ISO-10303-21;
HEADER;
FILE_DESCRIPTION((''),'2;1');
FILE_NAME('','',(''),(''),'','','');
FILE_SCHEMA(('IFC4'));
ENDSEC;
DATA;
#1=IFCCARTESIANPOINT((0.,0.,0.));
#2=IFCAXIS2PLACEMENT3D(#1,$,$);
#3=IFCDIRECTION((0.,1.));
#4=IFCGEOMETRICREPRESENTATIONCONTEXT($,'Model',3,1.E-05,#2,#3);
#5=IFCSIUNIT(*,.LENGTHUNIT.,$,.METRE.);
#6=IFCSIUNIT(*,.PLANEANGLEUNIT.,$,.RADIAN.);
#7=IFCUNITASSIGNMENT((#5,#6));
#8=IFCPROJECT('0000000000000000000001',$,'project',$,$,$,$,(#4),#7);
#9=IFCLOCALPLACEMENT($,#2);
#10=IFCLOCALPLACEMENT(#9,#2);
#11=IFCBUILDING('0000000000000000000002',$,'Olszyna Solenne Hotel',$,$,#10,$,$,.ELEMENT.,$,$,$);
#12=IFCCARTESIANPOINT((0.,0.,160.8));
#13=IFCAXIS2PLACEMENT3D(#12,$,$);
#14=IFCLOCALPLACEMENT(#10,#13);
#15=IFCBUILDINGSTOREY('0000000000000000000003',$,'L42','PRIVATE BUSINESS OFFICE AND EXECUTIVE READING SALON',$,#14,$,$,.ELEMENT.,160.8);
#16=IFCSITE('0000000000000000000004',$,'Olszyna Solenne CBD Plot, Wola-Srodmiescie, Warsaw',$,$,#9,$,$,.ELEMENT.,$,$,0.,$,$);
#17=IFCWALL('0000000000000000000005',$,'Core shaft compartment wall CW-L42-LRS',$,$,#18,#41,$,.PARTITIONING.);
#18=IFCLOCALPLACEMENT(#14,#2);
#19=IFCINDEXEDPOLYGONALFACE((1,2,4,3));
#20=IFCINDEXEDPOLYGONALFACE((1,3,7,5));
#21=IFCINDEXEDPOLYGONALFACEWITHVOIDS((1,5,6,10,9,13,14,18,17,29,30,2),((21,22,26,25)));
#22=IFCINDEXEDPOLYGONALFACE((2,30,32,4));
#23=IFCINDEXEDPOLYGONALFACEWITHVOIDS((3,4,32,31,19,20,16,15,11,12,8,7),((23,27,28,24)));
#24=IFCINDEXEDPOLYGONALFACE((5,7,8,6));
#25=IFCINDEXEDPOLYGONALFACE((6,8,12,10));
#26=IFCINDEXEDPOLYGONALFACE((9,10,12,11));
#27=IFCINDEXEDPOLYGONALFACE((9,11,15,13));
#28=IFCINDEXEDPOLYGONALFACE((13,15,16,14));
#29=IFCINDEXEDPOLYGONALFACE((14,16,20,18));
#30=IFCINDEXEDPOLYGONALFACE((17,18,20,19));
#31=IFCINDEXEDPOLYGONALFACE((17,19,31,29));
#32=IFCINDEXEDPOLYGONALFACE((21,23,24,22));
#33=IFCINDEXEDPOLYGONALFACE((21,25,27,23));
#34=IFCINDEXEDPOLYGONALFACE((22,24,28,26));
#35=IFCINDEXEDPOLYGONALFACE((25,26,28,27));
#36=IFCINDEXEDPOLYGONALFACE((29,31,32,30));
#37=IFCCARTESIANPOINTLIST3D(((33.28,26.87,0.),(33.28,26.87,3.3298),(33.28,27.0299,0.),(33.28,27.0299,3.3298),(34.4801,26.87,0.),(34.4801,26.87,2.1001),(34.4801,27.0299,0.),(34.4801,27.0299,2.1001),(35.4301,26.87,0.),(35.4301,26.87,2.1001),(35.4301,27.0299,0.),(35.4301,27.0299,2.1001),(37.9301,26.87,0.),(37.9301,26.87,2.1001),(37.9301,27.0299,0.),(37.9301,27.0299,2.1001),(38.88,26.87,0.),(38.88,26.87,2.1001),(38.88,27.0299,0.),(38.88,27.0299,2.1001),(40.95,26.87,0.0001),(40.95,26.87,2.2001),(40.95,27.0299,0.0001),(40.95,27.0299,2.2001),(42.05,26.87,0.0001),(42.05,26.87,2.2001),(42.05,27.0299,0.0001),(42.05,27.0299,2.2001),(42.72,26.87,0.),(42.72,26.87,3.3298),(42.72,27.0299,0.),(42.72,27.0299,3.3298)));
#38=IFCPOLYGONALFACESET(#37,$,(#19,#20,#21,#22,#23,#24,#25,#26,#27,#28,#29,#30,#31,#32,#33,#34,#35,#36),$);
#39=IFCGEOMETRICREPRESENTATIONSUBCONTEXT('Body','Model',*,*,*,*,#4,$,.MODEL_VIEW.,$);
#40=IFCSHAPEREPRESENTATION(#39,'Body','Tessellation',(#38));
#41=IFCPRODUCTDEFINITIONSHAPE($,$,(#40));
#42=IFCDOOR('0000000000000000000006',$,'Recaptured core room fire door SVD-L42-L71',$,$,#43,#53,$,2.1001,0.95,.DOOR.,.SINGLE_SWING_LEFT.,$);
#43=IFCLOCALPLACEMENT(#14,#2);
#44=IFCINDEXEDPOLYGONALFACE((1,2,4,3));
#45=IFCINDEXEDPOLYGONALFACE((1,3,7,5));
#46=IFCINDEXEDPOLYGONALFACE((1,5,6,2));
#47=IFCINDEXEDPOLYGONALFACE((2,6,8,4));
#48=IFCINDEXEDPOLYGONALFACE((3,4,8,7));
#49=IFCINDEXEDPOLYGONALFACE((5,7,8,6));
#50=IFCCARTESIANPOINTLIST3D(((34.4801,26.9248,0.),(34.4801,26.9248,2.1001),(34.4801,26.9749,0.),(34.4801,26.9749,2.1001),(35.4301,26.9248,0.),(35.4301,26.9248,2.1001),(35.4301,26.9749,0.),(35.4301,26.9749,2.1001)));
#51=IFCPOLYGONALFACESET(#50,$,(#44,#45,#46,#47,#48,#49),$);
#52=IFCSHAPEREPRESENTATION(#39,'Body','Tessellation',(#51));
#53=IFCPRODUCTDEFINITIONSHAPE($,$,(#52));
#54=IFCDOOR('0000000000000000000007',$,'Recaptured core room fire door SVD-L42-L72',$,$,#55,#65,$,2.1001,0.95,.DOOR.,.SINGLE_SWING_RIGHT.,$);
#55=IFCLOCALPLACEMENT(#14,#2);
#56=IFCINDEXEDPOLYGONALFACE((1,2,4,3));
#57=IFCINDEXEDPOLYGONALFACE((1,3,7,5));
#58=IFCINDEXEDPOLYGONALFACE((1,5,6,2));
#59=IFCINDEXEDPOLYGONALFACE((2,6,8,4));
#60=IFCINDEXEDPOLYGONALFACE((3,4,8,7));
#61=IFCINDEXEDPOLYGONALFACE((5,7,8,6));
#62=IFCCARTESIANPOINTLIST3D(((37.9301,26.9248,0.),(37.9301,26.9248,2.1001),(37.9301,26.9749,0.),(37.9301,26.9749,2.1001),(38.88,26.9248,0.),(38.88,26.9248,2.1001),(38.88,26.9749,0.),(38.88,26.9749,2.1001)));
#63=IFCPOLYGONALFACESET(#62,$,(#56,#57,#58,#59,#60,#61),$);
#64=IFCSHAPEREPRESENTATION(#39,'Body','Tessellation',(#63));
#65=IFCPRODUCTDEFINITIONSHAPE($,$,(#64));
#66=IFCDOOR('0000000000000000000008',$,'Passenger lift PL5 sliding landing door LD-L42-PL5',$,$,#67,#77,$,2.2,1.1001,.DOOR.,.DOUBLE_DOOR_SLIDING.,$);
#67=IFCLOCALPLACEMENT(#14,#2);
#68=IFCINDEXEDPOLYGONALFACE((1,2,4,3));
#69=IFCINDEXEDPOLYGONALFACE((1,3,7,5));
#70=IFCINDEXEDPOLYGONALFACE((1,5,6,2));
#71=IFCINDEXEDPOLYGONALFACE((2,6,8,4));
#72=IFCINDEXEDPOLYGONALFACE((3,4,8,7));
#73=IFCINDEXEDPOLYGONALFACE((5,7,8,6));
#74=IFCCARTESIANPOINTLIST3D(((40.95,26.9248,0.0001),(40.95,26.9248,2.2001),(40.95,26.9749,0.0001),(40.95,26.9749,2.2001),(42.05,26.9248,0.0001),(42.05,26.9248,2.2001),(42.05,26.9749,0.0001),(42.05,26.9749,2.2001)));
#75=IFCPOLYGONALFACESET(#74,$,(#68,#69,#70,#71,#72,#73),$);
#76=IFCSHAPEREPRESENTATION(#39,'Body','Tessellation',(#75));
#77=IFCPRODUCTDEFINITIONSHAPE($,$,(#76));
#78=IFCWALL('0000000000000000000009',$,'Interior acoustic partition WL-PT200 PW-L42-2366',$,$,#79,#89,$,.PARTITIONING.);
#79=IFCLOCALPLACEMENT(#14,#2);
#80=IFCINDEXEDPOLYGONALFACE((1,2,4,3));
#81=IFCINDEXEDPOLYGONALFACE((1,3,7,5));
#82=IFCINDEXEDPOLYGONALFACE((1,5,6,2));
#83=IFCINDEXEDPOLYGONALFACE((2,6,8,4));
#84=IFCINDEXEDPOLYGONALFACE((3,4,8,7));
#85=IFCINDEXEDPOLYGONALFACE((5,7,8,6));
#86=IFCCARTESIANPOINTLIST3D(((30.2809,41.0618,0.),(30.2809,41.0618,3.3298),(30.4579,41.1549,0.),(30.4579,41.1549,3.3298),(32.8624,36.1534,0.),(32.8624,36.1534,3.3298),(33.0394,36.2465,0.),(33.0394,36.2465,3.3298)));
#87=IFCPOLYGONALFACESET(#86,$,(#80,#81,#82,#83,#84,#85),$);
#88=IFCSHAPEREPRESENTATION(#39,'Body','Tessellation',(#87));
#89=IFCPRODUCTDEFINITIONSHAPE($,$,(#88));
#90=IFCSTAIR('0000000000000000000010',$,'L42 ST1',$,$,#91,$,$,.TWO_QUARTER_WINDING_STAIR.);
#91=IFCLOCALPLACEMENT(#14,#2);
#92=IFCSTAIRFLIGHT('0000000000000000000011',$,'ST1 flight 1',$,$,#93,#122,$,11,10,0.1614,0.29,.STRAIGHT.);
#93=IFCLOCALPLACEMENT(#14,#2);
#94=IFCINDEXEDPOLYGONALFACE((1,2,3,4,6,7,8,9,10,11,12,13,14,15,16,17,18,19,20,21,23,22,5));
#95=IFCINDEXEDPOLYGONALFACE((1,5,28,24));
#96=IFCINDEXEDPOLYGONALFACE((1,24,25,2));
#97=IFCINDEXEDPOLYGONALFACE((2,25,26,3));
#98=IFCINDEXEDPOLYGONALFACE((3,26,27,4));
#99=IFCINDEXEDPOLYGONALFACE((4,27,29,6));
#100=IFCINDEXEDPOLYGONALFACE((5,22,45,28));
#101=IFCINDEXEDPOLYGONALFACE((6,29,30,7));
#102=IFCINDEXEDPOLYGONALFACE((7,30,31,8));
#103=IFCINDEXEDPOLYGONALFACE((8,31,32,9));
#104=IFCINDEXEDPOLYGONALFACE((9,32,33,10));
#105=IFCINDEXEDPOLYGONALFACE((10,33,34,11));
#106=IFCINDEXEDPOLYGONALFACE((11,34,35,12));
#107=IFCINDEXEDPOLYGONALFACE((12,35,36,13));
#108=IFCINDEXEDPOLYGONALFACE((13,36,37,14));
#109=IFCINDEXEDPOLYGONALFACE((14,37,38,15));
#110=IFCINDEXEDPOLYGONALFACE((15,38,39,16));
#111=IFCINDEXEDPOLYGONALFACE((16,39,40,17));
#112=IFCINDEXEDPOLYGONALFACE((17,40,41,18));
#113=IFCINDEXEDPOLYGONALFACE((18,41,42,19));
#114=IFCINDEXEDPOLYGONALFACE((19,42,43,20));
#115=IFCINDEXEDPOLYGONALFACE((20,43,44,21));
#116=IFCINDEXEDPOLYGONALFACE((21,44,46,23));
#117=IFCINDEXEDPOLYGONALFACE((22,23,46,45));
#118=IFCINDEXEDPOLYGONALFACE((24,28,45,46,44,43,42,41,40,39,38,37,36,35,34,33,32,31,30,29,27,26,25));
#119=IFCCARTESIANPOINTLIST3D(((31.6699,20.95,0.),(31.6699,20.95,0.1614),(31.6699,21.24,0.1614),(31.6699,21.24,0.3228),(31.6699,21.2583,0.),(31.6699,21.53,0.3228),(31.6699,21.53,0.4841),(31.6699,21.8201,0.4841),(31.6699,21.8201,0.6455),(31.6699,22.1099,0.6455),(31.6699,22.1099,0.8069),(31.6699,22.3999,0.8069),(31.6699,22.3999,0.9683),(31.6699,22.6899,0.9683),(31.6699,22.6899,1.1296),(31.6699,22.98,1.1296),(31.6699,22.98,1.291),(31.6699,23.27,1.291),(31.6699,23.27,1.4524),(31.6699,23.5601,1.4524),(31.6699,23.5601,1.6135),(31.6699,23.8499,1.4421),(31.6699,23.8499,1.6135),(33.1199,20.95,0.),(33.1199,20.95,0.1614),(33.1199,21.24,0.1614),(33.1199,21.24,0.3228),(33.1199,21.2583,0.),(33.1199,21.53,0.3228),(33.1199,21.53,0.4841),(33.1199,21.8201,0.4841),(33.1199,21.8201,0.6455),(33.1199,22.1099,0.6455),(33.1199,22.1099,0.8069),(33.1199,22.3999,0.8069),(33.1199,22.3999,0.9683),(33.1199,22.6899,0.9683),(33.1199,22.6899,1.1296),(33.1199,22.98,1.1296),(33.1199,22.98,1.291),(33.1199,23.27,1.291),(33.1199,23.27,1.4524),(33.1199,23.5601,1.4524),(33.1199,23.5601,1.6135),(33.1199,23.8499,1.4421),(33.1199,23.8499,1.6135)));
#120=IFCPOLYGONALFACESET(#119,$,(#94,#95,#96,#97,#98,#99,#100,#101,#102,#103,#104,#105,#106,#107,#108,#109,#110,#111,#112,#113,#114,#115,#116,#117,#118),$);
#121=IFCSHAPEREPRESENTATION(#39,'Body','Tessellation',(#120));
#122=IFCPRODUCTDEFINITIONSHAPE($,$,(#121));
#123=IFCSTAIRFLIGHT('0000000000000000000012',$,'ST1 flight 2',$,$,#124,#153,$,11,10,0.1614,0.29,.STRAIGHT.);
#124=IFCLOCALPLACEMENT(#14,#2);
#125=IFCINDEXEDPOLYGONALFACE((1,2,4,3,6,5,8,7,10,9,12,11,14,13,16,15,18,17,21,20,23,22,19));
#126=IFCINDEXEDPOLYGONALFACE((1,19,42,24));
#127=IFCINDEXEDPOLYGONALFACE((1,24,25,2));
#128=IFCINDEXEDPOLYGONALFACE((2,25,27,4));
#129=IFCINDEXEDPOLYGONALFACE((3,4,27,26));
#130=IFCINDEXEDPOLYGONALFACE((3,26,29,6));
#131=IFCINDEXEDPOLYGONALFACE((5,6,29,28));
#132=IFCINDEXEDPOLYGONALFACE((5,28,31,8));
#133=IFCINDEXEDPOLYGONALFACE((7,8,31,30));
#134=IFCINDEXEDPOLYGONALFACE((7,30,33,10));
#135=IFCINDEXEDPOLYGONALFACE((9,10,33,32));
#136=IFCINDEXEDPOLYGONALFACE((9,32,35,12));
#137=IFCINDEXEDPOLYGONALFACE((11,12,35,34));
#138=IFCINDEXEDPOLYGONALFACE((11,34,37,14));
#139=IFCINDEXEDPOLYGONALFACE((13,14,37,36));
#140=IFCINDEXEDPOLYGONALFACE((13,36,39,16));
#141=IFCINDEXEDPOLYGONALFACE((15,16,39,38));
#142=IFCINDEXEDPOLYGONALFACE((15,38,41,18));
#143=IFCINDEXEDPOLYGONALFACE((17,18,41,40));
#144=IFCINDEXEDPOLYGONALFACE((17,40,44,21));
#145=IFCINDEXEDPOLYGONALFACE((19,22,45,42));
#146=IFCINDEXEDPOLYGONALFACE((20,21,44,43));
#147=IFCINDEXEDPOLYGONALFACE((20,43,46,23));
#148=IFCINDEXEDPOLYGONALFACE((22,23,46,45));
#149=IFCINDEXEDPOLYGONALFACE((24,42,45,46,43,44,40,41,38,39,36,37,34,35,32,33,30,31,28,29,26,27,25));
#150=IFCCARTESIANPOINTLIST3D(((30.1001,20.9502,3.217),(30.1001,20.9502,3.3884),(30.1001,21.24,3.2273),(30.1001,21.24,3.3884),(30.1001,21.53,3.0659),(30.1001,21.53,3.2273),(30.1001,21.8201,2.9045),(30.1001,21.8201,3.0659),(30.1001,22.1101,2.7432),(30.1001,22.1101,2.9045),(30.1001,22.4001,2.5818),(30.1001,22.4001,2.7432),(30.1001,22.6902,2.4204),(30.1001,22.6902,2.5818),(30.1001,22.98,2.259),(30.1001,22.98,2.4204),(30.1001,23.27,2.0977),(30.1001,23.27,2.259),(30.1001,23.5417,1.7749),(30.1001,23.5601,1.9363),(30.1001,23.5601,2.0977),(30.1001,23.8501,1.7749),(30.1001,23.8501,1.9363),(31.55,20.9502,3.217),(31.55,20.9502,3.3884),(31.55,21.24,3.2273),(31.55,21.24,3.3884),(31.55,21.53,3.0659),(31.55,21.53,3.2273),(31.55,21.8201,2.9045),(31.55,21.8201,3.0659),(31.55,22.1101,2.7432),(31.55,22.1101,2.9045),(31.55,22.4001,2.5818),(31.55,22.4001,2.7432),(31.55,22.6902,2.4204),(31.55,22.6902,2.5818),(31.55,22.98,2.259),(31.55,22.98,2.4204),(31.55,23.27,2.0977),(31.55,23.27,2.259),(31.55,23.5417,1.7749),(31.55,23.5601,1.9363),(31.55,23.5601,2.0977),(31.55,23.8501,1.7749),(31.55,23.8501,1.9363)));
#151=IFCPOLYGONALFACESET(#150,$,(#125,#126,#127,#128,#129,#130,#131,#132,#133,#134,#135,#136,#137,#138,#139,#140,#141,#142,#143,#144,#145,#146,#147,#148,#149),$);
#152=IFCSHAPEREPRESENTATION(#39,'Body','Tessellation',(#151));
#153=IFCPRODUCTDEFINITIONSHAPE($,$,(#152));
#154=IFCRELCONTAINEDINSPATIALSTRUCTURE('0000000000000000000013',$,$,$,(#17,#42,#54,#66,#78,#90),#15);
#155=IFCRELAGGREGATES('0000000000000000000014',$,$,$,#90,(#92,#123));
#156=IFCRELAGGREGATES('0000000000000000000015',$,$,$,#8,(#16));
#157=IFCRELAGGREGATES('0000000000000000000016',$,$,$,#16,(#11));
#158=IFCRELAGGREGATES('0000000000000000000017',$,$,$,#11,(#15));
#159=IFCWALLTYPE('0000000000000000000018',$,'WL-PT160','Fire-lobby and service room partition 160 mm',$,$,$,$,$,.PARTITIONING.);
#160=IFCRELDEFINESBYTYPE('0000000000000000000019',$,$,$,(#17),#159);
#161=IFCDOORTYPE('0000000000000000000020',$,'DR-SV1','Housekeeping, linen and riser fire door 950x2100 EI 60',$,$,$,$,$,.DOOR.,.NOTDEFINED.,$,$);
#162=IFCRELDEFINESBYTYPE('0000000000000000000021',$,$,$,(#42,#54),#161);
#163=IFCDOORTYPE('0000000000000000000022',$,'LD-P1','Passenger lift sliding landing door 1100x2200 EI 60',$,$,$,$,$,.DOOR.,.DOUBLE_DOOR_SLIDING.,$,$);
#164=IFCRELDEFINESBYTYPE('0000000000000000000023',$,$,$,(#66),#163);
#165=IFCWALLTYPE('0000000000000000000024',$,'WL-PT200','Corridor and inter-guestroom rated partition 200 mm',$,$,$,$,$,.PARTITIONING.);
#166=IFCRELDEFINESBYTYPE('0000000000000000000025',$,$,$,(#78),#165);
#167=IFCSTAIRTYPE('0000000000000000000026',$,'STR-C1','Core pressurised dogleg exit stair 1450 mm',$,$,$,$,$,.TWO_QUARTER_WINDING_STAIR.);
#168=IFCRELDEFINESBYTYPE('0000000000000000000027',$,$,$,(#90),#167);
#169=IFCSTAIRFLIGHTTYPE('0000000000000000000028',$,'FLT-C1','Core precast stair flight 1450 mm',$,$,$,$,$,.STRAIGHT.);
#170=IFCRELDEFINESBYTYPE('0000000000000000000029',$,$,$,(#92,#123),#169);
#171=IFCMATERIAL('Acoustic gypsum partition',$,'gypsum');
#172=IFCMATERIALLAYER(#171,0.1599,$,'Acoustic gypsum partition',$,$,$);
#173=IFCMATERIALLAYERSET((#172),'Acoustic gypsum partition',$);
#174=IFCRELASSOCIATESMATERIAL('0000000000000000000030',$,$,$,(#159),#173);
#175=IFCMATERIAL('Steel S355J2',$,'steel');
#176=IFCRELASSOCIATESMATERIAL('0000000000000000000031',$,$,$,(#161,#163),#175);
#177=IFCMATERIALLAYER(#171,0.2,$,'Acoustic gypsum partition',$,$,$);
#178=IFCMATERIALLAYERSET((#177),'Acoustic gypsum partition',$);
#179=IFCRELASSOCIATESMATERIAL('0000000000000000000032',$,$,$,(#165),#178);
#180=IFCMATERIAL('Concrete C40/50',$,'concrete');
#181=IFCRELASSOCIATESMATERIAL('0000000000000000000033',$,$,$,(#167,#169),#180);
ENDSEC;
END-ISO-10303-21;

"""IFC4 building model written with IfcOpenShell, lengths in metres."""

from ifc_helpers import new_model, si_unit, direction, frame, frame_2d, origin, place, context, subcontext, project, spatial, polyline, rectangle, outline, extrude, source, transform, mapped, material, layer, layer_set, type_object, type_shapes, element, fill, aggregate, save


model = new_model("IFC4")

# Units and contexts
model_context = context("Model", 3, precision=1e-05, world=origin(), true_north=direction((0.0, 1.0)))
body_context = subcontext(model_context, "Body", "Model", "MODEL_VIEW")
ifc_project = project(units=[si_unit("LENGTHUNIT", "METRE"), si_unit("PLANEANGLEUNIT", "RADIAN")], contexts=[model_context])

# Site, building, storey
site_placement = place(None, origin())
site = spatial("IfcSite", under=ifc_project, at=site_placement, Name="Olszyna Solenne CBD Plot, Wola-Srodmiescie, Warsaw", CompositionType="ELEMENT", RefElevation=0.0)
building_placement = place(site_placement, origin())
building = spatial("IfcBuilding", under=site, at=building_placement, Name="Olszyna Solenne Hotel", CompositionType="ELEMENT")
storey_placement = place(building_placement, frame((0.0, 0.0, 160.8)))
storey = spatial("IfcBuildingStorey", under=building, at=storey_placement, Name="L42", Description="PRIVATE BUSINESS OFFICE AND EXECUTIVE READING SALON", CompositionType="ELEMENT", Elevation=160.8)

# Shared definitions
ifc_material_1 = material(Name="Steel S355J2", Category="steel")

# Shared definitions
ifc_material_2 = material(Name="Acoustic gypsum partition", Category="gypsum")
ifc_layer_1 = layer(ifc_material_2, 0.1599, Name="Acoustic gypsum partition")
ifc_layer_set_1 = layer_set([ifc_layer_1], Name="Acoustic gypsum partition")
wall_type_1 = type_object("IfcWallType", Name="WL-PT160", Description="Fire-lobby and service room partition 160 mm", PredefinedType="PARTITIONING", material=ifc_layer_set_1)

# Wall, openings, doors
wall_1_placement = place(storey_placement, frame((33.28, 26.95, 0.0), z_axis=(0.0, 0.0, 1.0), x_axis=(1.0, 0.0, 0.0)))
wall_1 = element("IfcWall", 1, at=wall_1_placement, inside=storey, type_object=wall_type_1, Name="Core shaft compartment wall CW-L42-LRS", PredefinedType="PARTITIONING", context=body_context, shape_type="SweptSolid", body=[
    extrude(rectangle(XDim=9.4399, YDim=0.1599, at=frame_2d((4.72, 0.0))), origin(), (0.0, 0.0, 1.0), 3.3298),
])
opening_1_placement = place(wall_1_placement, frame((1.2, 0.0, 0.0)))
opening_1 = element("IfcOpeningElement", 2, at=opening_1_placement, cuts=wall_1, PredefinedType="OPENING", context=body_context, shape_type="SweptSolid", body=[
    extrude(rectangle(XDim=0.95, YDim=2.1001, at=frame_2d((0.4751, 1.05))), frame((0.0, 0.0898, 0.0), z_axis=(0.0, -1.0, 0.0), x_axis=(1.0, 0.0, 0.0)), (0.0, 0.0, 1.0), 0.1799),
])
opening_2_placement = place(wall_1_placement, frame((4.6499, 0.0, 0.0)))
opening_2 = element("IfcOpeningElement", 3, at=opening_2_placement, cuts=wall_1, PredefinedType="OPENING", context=body_context, shape_type="SweptSolid", body=[
    extrude(rectangle(XDim=0.95, YDim=2.1001, at=frame_2d((0.4751, 1.05))), frame((0.0, 0.0898, 0.0), z_axis=(0.0, -1.0, 0.0), x_axis=(1.0, 0.0, 0.0)), (0.0, 0.0, 1.0), 0.1799),
])
opening_3_placement = place(wall_1_placement, frame((7.6699, 0.0, 0.0)))
opening_3 = element("IfcOpeningElement", 4, at=opening_3_placement, cuts=wall_1, PredefinedType="OPENING", context=body_context, shape_type="SweptSolid", body=[
    extrude(rectangle(XDim=1.1001, YDim=2.2, at=frame_2d((0.55, 1.1001))), frame((0.0, 0.0898, 0.0), z_axis=(0.0, -1.0, 0.0), x_axis=(1.0, 0.0, 0.0)), (0.0, 0.0, 1.0), 0.1799),
])
door_type_1 = type_object("IfcDoorType", Name="DR-SV1", Description="Housekeeping, linen and riser fire door 950x2100 EI 60", OperationType="NOTDEFINED", PredefinedType="DOOR", material=ifc_material_1)
shared_shape_1 = source(origin(), body_context, "Body", "SweptSolid", [
    extrude(rectangle(XDim=0.95, YDim=2.1001, at=frame_2d((0.4751, 1.05))), frame((0.0, 0.0249, 0.0), z_axis=(0.0, -1.0, 0.0), x_axis=(1.0, 0.0, 0.0)), (0.0, 0.0, 1.0), 0.05),
])
type_shapes(door_type_1, [shared_shape_1])
door_1_placement = place(opening_1_placement, origin())
door_1 = element("IfcDoor", 5, at=door_1_placement, inside=storey, type_object=door_type_1, Name="Recaptured core room fire door SVD-L42-L71", OperationType="SINGLE_SWING_LEFT", OverallHeight=2.1001, OverallWidth=0.95, PredefinedType="DOOR", context=body_context, shape_type="MappedRepresentation", body=[
    mapped(shared_shape_1, transform((0.0, 0.0, 0.0), x_axis=(1.0, 0.0, 0.0), y_axis=(0.0, 1.0, 0.0), z_axis=(0.0, 0.0, 1.0), scale=1.0)),
])
fill(opening_1, door_1)
door_2_placement = place(opening_2_placement, origin())
door_2 = element("IfcDoor", 6, at=door_2_placement, inside=storey, type_object=door_type_1, Name="Recaptured core room fire door SVD-L42-L72", OperationType="SINGLE_SWING_RIGHT", OverallHeight=2.1001, OverallWidth=0.95, PredefinedType="DOOR", context=body_context, shape_type="MappedRepresentation", body=[
    mapped(shared_shape_1, transform((0.0, 0.0, 0.0), x_axis=(1.0, 0.0, 0.0), y_axis=(0.0, 1.0, 0.0), z_axis=(0.0, 0.0, 1.0), scale=1.0)),
])
fill(opening_2, door_2)
door_type_2 = type_object("IfcDoorType", Name="LD-P1", Description="Passenger lift sliding landing door 1100x2200 EI 60", OperationType="DOUBLE_DOOR_SLIDING", PredefinedType="DOOR", material=ifc_material_1)
shared_shape_2 = source(origin(), body_context, "Body", "SweptSolid", [
    extrude(rectangle(XDim=1.1001, YDim=2.2, at=frame_2d((0.55, 1.1001))), frame((0.0, 0.0249, 0.0), z_axis=(0.0, -1.0, 0.0), x_axis=(1.0, 0.0, 0.0)), (0.0, 0.0, 1.0), 0.05),
])
type_shapes(door_type_2, [shared_shape_2])
door_3_placement = place(opening_3_placement, origin())
door_3 = element("IfcDoor", 7, at=door_3_placement, inside=storey, type_object=door_type_2, Name="Passenger lift PL5 sliding landing door LD-L42-PL5", OperationType="DOUBLE_DOOR_SLIDING", OverallHeight=2.2, OverallWidth=1.1001, PredefinedType="DOOR", context=body_context, shape_type="MappedRepresentation", body=[
    mapped(shared_shape_2, transform((0.0, 0.0, 0.0), x_axis=(1.0, 0.0, 0.0), y_axis=(0.0, 1.0, 0.0), z_axis=(0.0, 0.0, 1.0), scale=1.0)),
])
fill(opening_3, door_3)

# Wall
ifc_layer_2 = layer(ifc_material_2, 0.2, Name="Acoustic gypsum partition")
ifc_layer_set_2 = layer_set([ifc_layer_2], Name="Acoustic gypsum partition")
wall_type_2 = type_object("IfcWallType", Name="WL-PT200", Description="Corridor and inter-guestroom rated partition 200 mm", PredefinedType="PARTITIONING", material=ifc_layer_set_2)
wall_2_placement = place(storey_placement, frame((32.9509, 36.2, 0.0), z_axis=(0.0, 0.0, 1.0), x_axis=(-0.465485, 0.885056, 0.0)))
element("IfcWall", 8, at=wall_2_placement, inside=storey, type_object=wall_type_2, Name="Interior acoustic partition WL-PT200 PW-L42-2366", PredefinedType="PARTITIONING", context=body_context, shape_type="SweptSolid", body=[
    extrude(rectangle(XDim=5.5459, YDim=0.2, at=frame_2d((2.7729, 0.0))), origin(), (0.0, 0.0, 1.0), 3.3298),
])

# Stair, stair flights
ifc_material_3 = material(Name="Concrete C40/50", Category="concrete")
stair_type = type_object("IfcStairType", Name="STR-C1", Description="Core pressurised dogleg exit stair 1450 mm", PredefinedType="TWO_QUARTER_WINDING_STAIR", material=ifc_material_3)
stair_1_placement = place(storey_placement, origin())
stair_1 = element("IfcStair", 9, at=stair_1_placement, inside=storey, type_object=stair_type, Name="L42 ST1", PredefinedType="TWO_QUARTER_WINDING_STAIR")
stair_flight_type = type_object("IfcStairFlightType", Name="FLT-C1", Description="Core precast stair flight 1450 mm", PredefinedType="STRAIGHT", material=ifc_material_3)
stair_flight_1_placement = place(storey_placement, frame((32.395, 20.95, 0.0), z_axis=(0.0, 0.0, 1.0), x_axis=(0.0, 1.0, 0.0)))
stair_flight_1 = element("IfcStairFlight", 10, at=stair_flight_1_placement, type_object=stair_flight_type, Name="ST1 flight 1", NumberOfRisers=11, NumberOfTreads=10, PredefinedType="STRAIGHT", RiserHeight=0.1614, TreadLength=0.29, context=body_context, shape_type="SweptSolid", body=[
    extrude(outline(polyline([(0.0, 0.0), (0.0, 0.1614), (0.29, 0.1614), (0.29, 0.3228), (0.5801, 0.3228), (0.5801, 0.4841), (0.8701, 0.4841), (0.8701, 0.6455), (1.1599, 0.6455), (1.1599, 0.8069), (1.45, 0.8069), (1.45, 0.9683), (1.74, 0.9683), (1.74, 1.1296), (2.03, 1.1296), (2.03, 1.291), (2.3201, 1.291), (2.3201, 1.4524), (2.6101, 1.4524), (2.6101, 1.6135), (2.8999, 1.6135), (2.8999, 1.7749), (2.8999, 1.4421), (0.3083, 0.0), (0.0, 0.0)])), frame((0.0, 0.7251, 0.0), z_axis=(0.0, -1.0, 0.0), x_axis=(1.0, 0.0, 0.0)), (0.0, 0.0, 1.0), 1.45),
])
stair_flight_2_placement = place(storey_placement, frame((30.825, 23.8501, 1.7749), z_axis=(0.0, 0.0, 1.0), x_axis=(0.0, -1.0, 0.0)))
stair_flight_2 = element("IfcStairFlight", 11, at=stair_flight_2_placement, type_object=stair_flight_type, Name="ST1 flight 2", NumberOfRisers=11, NumberOfTreads=10, PredefinedType="STRAIGHT", RiserHeight=0.1614, TreadLength=0.29, context=body_context, shape_type="SweptSolid", body=[
    extrude(outline(polyline([(0.0, 0.0), (0.0, 0.1614), (0.29, 0.1614), (0.29, 0.3228), (0.5801, 0.3228), (0.5801, 0.4841), (0.8701, 0.4841), (0.8701, 0.6455), (1.1599, 0.6455), (1.1599, 0.8069), (1.45, 0.8069), (1.45, 0.9683), (1.74, 0.9683), (1.74, 1.1296), (2.03, 1.1296), (2.03, 1.291), (2.3201, 1.291), (2.3201, 1.4524), (2.6101, 1.4524), (2.6101, 1.6135), (2.8999, 1.6135), (2.8999, 1.7749), (2.8999, 1.4421), (0.3083, 0.0), (0.0, 0.0)])), frame((0.0, 0.7251, 0.0), z_axis=(0.0, -1.0, 0.0), x_axis=(1.0, 0.0, 0.0)), (0.0, 0.0, 1.0), 1.45),
])
aggregate(stair_1, [stair_flight_1, stair_flight_2])

save(model, "model.ifc")
